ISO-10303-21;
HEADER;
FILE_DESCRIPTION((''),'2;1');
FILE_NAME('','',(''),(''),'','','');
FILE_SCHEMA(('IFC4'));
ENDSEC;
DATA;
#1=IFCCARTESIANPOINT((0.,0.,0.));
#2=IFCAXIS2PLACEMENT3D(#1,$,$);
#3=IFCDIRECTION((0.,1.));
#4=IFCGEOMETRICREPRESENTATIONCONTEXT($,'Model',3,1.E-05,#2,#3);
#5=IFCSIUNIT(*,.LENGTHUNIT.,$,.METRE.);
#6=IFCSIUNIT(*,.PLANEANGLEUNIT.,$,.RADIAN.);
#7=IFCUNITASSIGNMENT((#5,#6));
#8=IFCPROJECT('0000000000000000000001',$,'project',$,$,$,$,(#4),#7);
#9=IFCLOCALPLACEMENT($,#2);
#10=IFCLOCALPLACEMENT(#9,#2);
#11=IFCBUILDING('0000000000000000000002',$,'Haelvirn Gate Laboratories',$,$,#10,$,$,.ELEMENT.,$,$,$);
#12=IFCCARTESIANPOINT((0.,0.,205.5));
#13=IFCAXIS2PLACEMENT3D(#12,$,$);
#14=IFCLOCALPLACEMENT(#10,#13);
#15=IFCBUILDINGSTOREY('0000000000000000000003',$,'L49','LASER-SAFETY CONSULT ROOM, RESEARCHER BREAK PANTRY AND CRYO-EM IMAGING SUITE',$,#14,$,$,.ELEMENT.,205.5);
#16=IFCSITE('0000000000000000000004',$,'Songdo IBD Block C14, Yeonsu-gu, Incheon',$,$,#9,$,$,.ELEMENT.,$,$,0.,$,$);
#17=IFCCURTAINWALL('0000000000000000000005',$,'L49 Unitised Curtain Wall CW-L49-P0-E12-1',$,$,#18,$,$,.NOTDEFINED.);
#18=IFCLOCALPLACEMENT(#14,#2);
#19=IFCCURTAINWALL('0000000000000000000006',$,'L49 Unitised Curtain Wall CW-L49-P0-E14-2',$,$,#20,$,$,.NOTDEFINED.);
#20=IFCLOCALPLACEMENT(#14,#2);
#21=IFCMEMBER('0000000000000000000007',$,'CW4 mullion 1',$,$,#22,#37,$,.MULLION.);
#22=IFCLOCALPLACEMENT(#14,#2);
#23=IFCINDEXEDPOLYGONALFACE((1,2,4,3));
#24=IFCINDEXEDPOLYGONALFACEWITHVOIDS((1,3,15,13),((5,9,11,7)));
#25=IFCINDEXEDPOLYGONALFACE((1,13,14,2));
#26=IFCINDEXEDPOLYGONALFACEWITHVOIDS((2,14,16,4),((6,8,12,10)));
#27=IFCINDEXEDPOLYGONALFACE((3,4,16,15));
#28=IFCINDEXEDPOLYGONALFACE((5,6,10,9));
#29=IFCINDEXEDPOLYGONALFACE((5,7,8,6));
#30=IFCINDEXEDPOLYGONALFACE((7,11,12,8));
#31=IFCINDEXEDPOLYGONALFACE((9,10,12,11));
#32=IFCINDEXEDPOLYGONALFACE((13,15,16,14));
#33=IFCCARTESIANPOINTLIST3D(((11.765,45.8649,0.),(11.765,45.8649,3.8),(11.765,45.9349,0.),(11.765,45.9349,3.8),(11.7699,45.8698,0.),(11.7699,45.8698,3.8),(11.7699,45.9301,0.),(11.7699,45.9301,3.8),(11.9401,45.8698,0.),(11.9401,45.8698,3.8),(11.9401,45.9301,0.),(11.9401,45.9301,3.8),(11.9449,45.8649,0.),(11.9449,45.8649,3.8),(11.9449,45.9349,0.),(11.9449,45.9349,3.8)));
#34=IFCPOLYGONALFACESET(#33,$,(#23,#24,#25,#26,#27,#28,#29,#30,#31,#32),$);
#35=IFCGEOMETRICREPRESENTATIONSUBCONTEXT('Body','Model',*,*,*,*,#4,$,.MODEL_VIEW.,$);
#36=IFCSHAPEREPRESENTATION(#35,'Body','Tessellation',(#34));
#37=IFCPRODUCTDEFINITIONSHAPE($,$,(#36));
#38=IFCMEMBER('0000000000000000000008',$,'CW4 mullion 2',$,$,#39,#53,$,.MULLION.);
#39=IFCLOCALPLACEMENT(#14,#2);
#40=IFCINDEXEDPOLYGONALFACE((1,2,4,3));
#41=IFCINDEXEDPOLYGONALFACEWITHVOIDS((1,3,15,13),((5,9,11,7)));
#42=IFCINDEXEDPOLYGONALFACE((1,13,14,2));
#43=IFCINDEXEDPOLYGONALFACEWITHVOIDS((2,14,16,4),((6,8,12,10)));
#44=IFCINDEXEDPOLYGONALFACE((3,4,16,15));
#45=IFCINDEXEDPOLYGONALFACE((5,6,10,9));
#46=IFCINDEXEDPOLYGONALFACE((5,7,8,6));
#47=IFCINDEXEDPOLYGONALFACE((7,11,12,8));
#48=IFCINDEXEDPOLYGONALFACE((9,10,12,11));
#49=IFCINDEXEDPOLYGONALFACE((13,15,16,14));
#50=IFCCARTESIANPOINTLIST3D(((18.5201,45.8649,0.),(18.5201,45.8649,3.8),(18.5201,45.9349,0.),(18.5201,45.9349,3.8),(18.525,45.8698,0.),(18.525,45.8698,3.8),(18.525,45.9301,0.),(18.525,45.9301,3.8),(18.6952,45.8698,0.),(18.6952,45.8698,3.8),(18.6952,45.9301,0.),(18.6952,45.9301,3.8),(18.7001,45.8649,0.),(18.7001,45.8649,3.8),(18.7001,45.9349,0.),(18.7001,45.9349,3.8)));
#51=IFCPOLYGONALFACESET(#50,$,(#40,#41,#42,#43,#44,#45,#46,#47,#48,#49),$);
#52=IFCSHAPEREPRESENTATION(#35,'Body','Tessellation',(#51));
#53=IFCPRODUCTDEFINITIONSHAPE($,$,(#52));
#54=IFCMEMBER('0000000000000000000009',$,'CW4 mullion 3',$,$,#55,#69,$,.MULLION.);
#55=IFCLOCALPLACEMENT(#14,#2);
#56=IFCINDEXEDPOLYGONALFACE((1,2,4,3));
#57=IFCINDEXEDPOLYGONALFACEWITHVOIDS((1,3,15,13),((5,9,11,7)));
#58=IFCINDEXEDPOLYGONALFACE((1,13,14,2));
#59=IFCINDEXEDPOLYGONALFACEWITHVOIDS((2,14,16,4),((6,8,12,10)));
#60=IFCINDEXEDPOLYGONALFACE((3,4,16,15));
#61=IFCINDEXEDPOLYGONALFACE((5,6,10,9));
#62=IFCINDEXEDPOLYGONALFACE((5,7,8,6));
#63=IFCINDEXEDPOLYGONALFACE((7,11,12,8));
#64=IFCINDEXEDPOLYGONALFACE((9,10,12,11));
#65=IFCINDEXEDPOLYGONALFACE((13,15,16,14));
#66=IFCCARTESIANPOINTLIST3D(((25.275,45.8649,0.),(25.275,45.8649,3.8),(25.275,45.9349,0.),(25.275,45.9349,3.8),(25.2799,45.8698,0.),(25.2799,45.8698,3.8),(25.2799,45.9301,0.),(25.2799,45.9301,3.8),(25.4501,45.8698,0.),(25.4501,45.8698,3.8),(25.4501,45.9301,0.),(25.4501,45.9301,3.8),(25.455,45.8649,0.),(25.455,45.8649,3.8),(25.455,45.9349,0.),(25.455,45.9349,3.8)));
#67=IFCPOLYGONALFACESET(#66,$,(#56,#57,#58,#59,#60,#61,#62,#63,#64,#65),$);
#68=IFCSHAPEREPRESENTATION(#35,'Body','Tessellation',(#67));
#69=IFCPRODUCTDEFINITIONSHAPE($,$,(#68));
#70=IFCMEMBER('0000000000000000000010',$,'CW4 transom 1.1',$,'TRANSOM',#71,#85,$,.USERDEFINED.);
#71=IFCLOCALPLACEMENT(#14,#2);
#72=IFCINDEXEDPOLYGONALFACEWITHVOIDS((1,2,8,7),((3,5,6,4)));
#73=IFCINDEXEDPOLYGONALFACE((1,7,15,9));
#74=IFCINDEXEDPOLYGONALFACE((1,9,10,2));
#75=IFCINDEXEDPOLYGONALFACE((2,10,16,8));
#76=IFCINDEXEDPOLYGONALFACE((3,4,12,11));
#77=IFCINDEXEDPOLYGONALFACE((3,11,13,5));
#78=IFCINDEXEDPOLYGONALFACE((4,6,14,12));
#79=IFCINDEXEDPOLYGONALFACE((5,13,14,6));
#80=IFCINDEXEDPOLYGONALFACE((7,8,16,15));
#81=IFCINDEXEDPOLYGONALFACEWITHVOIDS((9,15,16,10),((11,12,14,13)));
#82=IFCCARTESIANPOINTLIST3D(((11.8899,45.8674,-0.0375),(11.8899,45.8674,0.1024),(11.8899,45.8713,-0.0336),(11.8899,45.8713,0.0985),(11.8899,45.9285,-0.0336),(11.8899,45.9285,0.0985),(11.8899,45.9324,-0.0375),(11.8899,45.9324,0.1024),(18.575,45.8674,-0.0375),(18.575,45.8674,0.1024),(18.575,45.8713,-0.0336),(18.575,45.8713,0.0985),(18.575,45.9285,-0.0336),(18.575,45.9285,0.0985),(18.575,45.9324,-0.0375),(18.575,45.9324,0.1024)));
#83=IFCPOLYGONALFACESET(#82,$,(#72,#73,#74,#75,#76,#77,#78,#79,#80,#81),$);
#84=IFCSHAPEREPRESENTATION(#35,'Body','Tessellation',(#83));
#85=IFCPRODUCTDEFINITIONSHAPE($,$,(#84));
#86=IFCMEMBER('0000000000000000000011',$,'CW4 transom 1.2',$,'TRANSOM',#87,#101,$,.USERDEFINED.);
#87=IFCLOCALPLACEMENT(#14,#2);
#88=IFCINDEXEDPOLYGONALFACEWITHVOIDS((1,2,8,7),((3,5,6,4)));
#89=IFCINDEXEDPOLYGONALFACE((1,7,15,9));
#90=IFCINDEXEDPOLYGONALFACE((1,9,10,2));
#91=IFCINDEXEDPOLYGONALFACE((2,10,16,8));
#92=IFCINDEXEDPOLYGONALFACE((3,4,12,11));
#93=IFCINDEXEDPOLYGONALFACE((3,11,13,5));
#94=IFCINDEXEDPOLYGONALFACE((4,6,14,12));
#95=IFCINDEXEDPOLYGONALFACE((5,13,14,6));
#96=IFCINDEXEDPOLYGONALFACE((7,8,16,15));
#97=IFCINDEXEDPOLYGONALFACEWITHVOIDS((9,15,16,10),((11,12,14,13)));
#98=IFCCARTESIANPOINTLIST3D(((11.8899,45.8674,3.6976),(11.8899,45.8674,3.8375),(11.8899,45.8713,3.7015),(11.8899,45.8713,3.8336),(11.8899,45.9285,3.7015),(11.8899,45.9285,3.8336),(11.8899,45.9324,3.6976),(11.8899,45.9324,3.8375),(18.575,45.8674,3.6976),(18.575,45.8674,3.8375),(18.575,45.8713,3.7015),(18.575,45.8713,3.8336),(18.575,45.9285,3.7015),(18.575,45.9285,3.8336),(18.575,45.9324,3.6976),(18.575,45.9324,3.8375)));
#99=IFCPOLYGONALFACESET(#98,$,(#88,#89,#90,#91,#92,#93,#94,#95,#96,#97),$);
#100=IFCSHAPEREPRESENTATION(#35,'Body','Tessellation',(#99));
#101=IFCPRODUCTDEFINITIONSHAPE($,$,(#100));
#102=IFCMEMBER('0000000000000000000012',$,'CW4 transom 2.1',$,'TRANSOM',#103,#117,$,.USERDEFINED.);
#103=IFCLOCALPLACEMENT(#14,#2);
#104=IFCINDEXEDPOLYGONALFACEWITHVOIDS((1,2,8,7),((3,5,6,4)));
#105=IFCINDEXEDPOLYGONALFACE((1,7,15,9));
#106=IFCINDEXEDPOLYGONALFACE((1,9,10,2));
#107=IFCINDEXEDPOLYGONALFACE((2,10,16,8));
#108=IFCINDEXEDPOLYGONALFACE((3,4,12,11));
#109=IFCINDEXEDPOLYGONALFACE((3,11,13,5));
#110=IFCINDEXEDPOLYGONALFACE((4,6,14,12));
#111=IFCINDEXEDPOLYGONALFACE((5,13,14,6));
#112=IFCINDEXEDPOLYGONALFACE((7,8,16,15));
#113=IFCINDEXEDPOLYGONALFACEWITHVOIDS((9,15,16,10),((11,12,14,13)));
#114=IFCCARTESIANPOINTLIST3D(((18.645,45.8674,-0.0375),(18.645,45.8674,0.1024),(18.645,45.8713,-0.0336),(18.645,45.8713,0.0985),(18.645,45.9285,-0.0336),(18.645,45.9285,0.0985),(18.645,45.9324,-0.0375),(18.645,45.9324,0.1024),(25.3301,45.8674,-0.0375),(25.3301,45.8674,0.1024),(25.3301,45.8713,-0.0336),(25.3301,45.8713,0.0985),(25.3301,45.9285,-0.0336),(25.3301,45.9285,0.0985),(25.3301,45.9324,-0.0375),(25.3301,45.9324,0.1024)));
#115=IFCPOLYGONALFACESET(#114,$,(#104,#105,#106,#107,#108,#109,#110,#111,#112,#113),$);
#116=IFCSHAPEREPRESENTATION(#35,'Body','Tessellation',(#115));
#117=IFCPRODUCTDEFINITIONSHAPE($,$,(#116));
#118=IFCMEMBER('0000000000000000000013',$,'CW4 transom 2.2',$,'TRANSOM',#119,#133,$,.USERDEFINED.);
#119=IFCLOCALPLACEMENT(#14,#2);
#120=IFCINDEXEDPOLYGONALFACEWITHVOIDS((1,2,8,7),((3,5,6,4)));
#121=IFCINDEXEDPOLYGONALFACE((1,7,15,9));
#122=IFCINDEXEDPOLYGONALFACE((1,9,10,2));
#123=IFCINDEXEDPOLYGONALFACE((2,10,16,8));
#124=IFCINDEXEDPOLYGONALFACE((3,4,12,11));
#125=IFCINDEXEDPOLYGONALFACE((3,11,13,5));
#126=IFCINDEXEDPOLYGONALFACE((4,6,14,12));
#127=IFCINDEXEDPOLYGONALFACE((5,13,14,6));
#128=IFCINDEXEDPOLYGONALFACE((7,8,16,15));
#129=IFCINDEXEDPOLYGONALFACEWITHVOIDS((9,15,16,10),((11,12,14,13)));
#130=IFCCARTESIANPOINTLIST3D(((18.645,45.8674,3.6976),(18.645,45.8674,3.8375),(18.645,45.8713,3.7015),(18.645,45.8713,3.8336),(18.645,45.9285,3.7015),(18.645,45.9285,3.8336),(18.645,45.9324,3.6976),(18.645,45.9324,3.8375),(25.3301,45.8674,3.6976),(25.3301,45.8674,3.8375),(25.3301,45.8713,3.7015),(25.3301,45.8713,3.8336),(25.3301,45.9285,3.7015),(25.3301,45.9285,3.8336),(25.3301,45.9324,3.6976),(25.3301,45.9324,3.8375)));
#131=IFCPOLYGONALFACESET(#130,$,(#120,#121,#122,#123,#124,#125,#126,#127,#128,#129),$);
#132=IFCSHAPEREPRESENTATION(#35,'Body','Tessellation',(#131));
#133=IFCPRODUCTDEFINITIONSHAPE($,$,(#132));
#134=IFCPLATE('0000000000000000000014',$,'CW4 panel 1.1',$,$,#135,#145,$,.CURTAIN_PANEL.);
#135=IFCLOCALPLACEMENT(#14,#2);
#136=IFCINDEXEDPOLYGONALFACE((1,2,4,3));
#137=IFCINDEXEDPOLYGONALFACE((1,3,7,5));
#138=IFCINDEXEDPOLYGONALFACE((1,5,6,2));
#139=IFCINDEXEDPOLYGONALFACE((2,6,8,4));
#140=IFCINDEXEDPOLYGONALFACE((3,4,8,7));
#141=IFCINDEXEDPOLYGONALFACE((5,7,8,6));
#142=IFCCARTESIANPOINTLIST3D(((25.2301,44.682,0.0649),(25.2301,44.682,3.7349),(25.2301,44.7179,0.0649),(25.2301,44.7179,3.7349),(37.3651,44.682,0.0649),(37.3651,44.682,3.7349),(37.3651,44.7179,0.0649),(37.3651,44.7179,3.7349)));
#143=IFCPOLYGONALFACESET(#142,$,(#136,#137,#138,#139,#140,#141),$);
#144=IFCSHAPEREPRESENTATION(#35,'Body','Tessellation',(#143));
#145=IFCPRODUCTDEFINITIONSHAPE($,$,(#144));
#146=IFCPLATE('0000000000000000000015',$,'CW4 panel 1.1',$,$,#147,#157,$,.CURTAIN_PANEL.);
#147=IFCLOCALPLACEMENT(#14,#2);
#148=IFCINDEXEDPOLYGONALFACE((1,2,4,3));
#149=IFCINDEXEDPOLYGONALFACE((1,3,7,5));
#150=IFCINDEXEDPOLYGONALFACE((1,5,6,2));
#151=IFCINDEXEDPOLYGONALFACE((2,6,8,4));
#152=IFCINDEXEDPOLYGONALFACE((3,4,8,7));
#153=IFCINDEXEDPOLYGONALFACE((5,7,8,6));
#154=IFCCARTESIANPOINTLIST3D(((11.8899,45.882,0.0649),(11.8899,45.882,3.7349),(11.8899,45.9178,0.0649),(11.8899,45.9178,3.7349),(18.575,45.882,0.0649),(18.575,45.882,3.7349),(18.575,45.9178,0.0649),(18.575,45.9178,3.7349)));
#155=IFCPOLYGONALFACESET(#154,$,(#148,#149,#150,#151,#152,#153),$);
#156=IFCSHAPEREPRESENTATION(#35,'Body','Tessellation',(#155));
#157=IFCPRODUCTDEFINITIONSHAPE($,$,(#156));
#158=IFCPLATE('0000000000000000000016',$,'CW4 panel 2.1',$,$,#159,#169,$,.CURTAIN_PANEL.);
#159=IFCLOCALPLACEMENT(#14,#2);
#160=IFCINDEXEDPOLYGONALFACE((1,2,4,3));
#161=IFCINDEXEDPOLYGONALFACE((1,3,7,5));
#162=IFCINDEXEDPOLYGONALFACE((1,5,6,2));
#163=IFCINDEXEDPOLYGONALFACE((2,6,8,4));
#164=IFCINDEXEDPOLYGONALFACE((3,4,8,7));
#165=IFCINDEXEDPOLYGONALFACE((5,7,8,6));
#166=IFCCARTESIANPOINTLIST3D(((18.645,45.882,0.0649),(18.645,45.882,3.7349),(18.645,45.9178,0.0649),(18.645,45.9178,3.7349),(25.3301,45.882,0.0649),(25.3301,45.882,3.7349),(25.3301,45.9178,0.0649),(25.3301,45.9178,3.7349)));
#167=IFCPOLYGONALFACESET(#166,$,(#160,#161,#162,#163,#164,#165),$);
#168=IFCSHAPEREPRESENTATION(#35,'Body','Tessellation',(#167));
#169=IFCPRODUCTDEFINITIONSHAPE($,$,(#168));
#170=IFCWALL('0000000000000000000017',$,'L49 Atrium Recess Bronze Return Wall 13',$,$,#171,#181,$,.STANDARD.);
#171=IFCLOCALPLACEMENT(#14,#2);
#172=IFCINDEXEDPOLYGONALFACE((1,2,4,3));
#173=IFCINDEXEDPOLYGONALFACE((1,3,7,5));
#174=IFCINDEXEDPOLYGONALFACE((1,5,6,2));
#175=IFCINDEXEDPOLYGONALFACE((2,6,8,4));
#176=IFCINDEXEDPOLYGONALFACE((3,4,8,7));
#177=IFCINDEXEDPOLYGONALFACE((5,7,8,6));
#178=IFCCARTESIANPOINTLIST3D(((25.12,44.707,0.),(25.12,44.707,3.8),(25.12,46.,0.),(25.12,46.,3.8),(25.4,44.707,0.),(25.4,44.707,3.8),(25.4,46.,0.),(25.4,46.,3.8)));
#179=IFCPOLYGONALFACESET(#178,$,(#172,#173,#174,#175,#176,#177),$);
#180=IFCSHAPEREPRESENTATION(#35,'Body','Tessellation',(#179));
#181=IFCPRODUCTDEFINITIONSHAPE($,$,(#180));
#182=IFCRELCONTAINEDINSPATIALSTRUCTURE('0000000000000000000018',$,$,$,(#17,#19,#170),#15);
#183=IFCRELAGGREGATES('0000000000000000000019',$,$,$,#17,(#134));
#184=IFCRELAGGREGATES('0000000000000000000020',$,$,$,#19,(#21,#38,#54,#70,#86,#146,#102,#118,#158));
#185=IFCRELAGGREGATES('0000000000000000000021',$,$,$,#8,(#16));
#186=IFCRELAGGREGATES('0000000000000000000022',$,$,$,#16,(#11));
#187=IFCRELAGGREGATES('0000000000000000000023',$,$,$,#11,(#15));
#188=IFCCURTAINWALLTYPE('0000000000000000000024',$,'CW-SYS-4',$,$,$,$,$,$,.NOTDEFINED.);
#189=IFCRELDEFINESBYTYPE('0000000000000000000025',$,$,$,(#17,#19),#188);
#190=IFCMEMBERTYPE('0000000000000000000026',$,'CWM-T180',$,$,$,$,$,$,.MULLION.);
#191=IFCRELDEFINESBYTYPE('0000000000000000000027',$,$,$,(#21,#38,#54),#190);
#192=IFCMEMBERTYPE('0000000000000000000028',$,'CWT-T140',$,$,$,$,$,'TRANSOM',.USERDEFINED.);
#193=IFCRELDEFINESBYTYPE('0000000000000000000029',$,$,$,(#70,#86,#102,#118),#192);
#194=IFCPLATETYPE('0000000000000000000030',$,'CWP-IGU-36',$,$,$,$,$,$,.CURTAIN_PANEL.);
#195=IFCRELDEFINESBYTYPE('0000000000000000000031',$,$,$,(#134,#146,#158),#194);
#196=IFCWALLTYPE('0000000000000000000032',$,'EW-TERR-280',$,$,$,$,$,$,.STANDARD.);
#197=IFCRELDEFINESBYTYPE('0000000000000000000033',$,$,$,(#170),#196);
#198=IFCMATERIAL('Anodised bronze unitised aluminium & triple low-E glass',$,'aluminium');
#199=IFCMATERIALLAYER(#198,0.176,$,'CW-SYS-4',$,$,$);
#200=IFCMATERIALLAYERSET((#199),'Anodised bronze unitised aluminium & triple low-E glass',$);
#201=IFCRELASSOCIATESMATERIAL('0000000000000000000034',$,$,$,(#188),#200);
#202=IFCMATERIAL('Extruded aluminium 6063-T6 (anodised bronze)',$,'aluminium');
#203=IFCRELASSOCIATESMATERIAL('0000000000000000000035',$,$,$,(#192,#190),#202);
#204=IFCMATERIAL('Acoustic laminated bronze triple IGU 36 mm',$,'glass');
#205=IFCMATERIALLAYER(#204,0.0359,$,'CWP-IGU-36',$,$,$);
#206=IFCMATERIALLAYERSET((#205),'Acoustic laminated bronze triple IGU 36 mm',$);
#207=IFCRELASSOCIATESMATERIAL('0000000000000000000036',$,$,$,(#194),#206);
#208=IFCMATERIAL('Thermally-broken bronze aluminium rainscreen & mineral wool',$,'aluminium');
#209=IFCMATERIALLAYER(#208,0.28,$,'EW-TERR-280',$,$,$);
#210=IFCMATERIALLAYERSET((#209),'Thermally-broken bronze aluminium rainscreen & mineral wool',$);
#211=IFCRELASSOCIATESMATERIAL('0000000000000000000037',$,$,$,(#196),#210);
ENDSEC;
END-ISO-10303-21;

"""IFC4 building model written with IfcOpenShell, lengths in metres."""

from ifc_helpers import new_model, si_unit, direction, frame, frame_2d, origin, origin_2d, place, context, subcontext, project, spatial, rectangle, hollow_rectangle, extrude, source, transform, mapped, material, layer, layer_set, material_profile, profile_set, type_object, type_shapes, element, aggregate, save


model = new_model("IFC4")

# Units and contexts
model_context = context("Model", 3, precision=1e-05, world=origin(), true_north=direction((0.0, 1.0)))
body_context = subcontext(model_context, "Body", "Model", "MODEL_VIEW")
ifc_project = project(units=[si_unit("LENGTHUNIT", "METRE"), si_unit("PLANEANGLEUNIT", "RADIAN")], contexts=[model_context])

# Site, building, storey
site_placement = place(None, origin())
site = spatial("IfcSite", under=ifc_project, at=site_placement, Name="Songdo IBD Block C14, Yeonsu-gu, Incheon", CompositionType="ELEMENT", RefElevation=0.0)
building_placement = place(site_placement, origin())
building = spatial("IfcBuilding", under=site, at=building_placement, Name="Haelvirn Gate Laboratories", CompositionType="ELEMENT")
storey_placement = place(building_placement, frame((0.0, 0.0, 205.5)))
storey = spatial("IfcBuildingStorey", under=building, at=storey_placement, Name="L49", Description="LASER-SAFETY CONSULT ROOM, RESEARCHER BREAK PANTRY AND CRYO-EM IMAGING SUITE", CompositionType="ELEMENT", Elevation=205.5)

# Curtain walls, members
ifc_material_1 = material(Name="Anodised bronze unitised aluminium & triple low-E glass", Category="aluminium")
ifc_layer_1 = layer(ifc_material_1, 0.176, Name="CW-SYS-4")
ifc_layer_set_1 = layer_set([ifc_layer_1], Name="Anodised bronze unitised aluminium & triple low-E glass")
curtain_wall_type = type_object("IfcCurtainWallType", Name="CW-SYS-4", PredefinedType="NOTDEFINED", material=ifc_layer_set_1)
curtain_wall_1_placement = place(storey_placement, origin())
curtain_wall_1 = element("IfcCurtainWall", 1, at=curtain_wall_1_placement, inside=storey, type_object=curtain_wall_type, Name="L49 Unitised Curtain Wall CW-L49-P0-E12-1", PredefinedType="NOTDEFINED")
ifc_material_2 = material(Name="Extruded aluminium 6063-T6 (anodised bronze)", Category="aluminium")
ifc_material_profile_1 = material_profile(ifc_material_2, hollow_rectangle(XDim=0.0649, YDim=0.1399, WallThickness=0.0039, at=origin_2d()), Name="CWT-140x65x4")
ifc_profile_set_1 = profile_set([ifc_material_profile_1], Name="Extruded aluminium 6063-T6 (anodised bronze)")
member_type_1 = type_object("IfcMemberType", Name="CWT-T140", ElementType="TRANSOM", PredefinedType="USERDEFINED", material=ifc_profile_set_1)
ifc_material_profile_2 = material_profile(ifc_material_2, hollow_rectangle(XDim=0.0701, YDim=0.1799, WallThickness=0.0049, at=origin_2d()), Name="CWM-180x70x5")
ifc_profile_set_2 = profile_set([ifc_material_profile_2], Name="Extruded aluminium 6063-T6 (anodised bronze)")
member_type_2 = type_object("IfcMemberType", Name="CWM-T180", PredefinedType="MULLION", material=ifc_profile_set_2)
shared_shape_1 = source(origin(), body_context, "Body", "SweptSolid", [
    extrude(hollow_rectangle(XDim=0.0701, YDim=0.1799, WallThickness=0.0049, at=origin_2d()), origin(), (0.0, 0.0, 1.0), 3.8),
])
type_shapes(member_type_2, [shared_shape_1])
curtain_wall_2_placement = place(storey_placement, origin())
curtain_wall_2 = element("IfcCurtainWall", 2, at=curtain_wall_2_placement, inside=storey, type_object=curtain_wall_type, Name="L49 Unitised Curtain Wall CW-L49-P0-E14-2", PredefinedType="NOTDEFINED")
member_1_placement = place(storey_placement, frame((11.855, 45.8999, 0.0), z_axis=(0.0, 0.0, 1.0), x_axis=(0.0, 1.0, 0.0)))
member_1 = element("IfcMember", 3, at=member_1_placement, type_object=member_type_2, Name="CW4 mullion 1", PredefinedType="MULLION", context=body_context, shape_type="MappedRepresentation", body=[
    mapped(shared_shape_1, transform((0.0, 0.0, 0.0), scale=1.0)),
])
member_2_placement = place(storey_placement, frame((18.6101, 45.8999, 0.0), z_axis=(0.0, 0.0, 1.0), x_axis=(0.0, 1.0, 0.0)))
member_2 = element("IfcMember", 4, at=member_2_placement, type_object=member_type_2, Name="CW4 mullion 2", PredefinedType="MULLION", context=body_context, shape_type="MappedRepresentation", body=[
    mapped(shared_shape_1, transform((0.0, 0.0, 0.0), scale=1.0)),
])
member_3_placement = place(storey_placement, frame((25.365, 45.8999, 0.0), z_axis=(0.0, 0.0, 1.0), x_axis=(0.0, 1.0, 0.0)))
member_3 = element("IfcMember", 5, at=member_3_placement, type_object=member_type_2, Name="CW4 mullion 3", PredefinedType="MULLION", context=body_context, shape_type="MappedRepresentation", body=[
    mapped(shared_shape_1, transform((0.0, 0.0, 0.0), scale=1.0)),
])
shared_shape_2 = source(origin(), body_context, "Body", "SweptSolid", [
    extrude(hollow_rectangle(XDim=0.0649, YDim=0.1399, WallThickness=0.0039, at=origin_2d()), origin(), (0.0, 0.0, 1.0), 6.6851),
])
member_4_placement = place(storey_placement, frame((11.8899, 45.8999, 0.0325), z_axis=(1.0, 0.0, 0.0), x_axis=(0.0, 1.0, 0.0)))
member_4 = element("IfcMember", 6, at=member_4_placement, type_object=member_type_1, Name="CW4 transom 1.1", ObjectType="TRANSOM", PredefinedType="USERDEFINED", context=body_context, shape_type="MappedRepresentation", body=[
    mapped(shared_shape_2, transform((0.0, 0.0, 0.0), scale=1.0)),
])
member_5_placement = place(storey_placement, frame((11.8899, 45.8999, 3.7676), z_axis=(1.0, 0.0, 0.0), x_axis=(0.0, 1.0, 0.0)))
member_5 = element("IfcMember", 7, at=member_5_placement, type_object=member_type_1, Name="CW4 transom 1.2", ObjectType="TRANSOM", PredefinedType="USERDEFINED", context=body_context, shape_type="MappedRepresentation", body=[
    mapped(shared_shape_2, transform((0.0, 0.0, 0.0), scale=1.0)),
])
member_6_placement = place(storey_placement, frame((18.645, 45.8999, 0.0325), z_axis=(1.0, 0.0, 0.0), x_axis=(0.0, 1.0, 0.0)))
member_6 = element("IfcMember", 8, at=member_6_placement, type_object=member_type_1, Name="CW4 transom 2.1", ObjectType="TRANSOM", PredefinedType="USERDEFINED", context=body_context, shape_type="MappedRepresentation", body=[
    mapped(shared_shape_2, transform((0.0, 0.0, 0.0), scale=1.0)),
])
member_7_placement = place(storey_placement, frame((18.645, 45.8999, 3.7676), z_axis=(1.0, 0.0, 0.0), x_axis=(0.0, 1.0, 0.0)))
member_7 = element("IfcMember", 9, at=member_7_placement, type_object=member_type_1, Name="CW4 transom 2.2", ObjectType="TRANSOM", PredefinedType="USERDEFINED", context=body_context, shape_type="MappedRepresentation", body=[
    mapped(shared_shape_2, transform((0.0, 0.0, 0.0), scale=1.0)),
])

# Plates
ifc_material_3 = material(Name="Acoustic laminated bronze triple IGU 36 mm", Category="glass")
ifc_layer_2 = layer(ifc_material_3, 0.0359, Name="CWP-IGU-36")
ifc_layer_set_2 = layer_set([ifc_layer_2], Name="Acoustic laminated bronze triple IGU 36 mm")
plate_type = type_object("IfcPlateType", Name="CWP-IGU-36", PredefinedType="CURTAIN_PANEL", material=ifc_layer_set_2)
shared_shape_3 = source(origin(), body_context, "Body", "SweptSolid", [
    extrude(rectangle(XDim=12.135, YDim=0.0359, at=origin_2d()), origin(), (0.0, 0.0, 1.0), 3.6699),
])
plate_1_placement = place(storey_placement, frame((31.2976, 44.7, 0.0649), z_axis=(0.0, 0.0, 1.0), x_axis=(1.0, 0.0, 0.0)))
plate_1 = element("IfcPlate", 10, at=plate_1_placement, type_object=plate_type, Name="CW4 panel 1.1", PredefinedType="CURTAIN_PANEL", context=body_context, shape_type="MappedRepresentation", body=[
    mapped(shared_shape_3, transform((0.0, 0.0, 0.0), scale=1.0)),
])
aggregate(curtain_wall_1, [plate_1])
shared_shape_4 = source(origin(), body_context, "Body", "SweptSolid", [
    extrude(rectangle(XDim=6.6851, YDim=0.0359, at=origin_2d()), origin(), (0.0, 0.0, 1.0), 3.6699),
])
type_shapes(plate_type, [shared_shape_3, shared_shape_4])
plate_2_placement = place(storey_placement, frame((15.2324, 45.8999, 0.0649), z_axis=(0.0, 0.0, 1.0), x_axis=(1.0, 0.0, 0.0)))
plate_2 = element("IfcPlate", 11, at=plate_2_placement, type_object=plate_type, Name="CW4 panel 1.1", PredefinedType="CURTAIN_PANEL", context=body_context, shape_type="MappedRepresentation", body=[
    mapped(shared_shape_4, transform((0.0, 0.0, 0.0), scale=1.0)),
])
plate_3_placement = place(storey_placement, frame((21.9875, 45.8999, 0.0649), z_axis=(0.0, 0.0, 1.0), x_axis=(1.0, 0.0, 0.0)))
plate_3 = element("IfcPlate", 12, at=plate_3_placement, type_object=plate_type, Name="CW4 panel 2.1", PredefinedType="CURTAIN_PANEL", context=body_context, shape_type="MappedRepresentation", body=[
    mapped(shared_shape_4, transform((0.0, 0.0, 0.0), scale=1.0)),
])
aggregate(curtain_wall_2, [member_1, member_2, member_3, member_4, member_5, plate_2, member_6, member_7, plate_3])

# Wall
ifc_material_4 = material(Name="Thermally-broken bronze aluminium rainscreen & mineral wool", Category="aluminium")
ifc_layer_3 = layer(ifc_material_4, 0.28, Name="EW-TERR-280")
ifc_layer_set_3 = layer_set([ifc_layer_3], Name="Thermally-broken bronze aluminium rainscreen & mineral wool")
wall_type_1 = type_object("IfcWallType", Name="EW-TERR-280", PredefinedType="STANDARD", material=ifc_layer_set_3)
wall_1_placement = place(storey_placement, frame((25.26, 44.707, 0.0), z_axis=(0.0, 0.0, 1.0), x_axis=(0.0, 1.0, 0.0)))
element("IfcWall", 13, at=wall_1_placement, inside=storey, type_object=wall_type_1, Name="L49 Atrium Recess Bronze Return Wall 13", PredefinedType="STANDARD", context=body_context, shape_type="SweptSolid", body=[
    extrude(rectangle(XDim=1.293, YDim=0.28, at=frame_2d((0.6465, 0.0))), origin(), (0.0, 0.0, 1.0), 3.8),
])

save(model, "model.ifc")
